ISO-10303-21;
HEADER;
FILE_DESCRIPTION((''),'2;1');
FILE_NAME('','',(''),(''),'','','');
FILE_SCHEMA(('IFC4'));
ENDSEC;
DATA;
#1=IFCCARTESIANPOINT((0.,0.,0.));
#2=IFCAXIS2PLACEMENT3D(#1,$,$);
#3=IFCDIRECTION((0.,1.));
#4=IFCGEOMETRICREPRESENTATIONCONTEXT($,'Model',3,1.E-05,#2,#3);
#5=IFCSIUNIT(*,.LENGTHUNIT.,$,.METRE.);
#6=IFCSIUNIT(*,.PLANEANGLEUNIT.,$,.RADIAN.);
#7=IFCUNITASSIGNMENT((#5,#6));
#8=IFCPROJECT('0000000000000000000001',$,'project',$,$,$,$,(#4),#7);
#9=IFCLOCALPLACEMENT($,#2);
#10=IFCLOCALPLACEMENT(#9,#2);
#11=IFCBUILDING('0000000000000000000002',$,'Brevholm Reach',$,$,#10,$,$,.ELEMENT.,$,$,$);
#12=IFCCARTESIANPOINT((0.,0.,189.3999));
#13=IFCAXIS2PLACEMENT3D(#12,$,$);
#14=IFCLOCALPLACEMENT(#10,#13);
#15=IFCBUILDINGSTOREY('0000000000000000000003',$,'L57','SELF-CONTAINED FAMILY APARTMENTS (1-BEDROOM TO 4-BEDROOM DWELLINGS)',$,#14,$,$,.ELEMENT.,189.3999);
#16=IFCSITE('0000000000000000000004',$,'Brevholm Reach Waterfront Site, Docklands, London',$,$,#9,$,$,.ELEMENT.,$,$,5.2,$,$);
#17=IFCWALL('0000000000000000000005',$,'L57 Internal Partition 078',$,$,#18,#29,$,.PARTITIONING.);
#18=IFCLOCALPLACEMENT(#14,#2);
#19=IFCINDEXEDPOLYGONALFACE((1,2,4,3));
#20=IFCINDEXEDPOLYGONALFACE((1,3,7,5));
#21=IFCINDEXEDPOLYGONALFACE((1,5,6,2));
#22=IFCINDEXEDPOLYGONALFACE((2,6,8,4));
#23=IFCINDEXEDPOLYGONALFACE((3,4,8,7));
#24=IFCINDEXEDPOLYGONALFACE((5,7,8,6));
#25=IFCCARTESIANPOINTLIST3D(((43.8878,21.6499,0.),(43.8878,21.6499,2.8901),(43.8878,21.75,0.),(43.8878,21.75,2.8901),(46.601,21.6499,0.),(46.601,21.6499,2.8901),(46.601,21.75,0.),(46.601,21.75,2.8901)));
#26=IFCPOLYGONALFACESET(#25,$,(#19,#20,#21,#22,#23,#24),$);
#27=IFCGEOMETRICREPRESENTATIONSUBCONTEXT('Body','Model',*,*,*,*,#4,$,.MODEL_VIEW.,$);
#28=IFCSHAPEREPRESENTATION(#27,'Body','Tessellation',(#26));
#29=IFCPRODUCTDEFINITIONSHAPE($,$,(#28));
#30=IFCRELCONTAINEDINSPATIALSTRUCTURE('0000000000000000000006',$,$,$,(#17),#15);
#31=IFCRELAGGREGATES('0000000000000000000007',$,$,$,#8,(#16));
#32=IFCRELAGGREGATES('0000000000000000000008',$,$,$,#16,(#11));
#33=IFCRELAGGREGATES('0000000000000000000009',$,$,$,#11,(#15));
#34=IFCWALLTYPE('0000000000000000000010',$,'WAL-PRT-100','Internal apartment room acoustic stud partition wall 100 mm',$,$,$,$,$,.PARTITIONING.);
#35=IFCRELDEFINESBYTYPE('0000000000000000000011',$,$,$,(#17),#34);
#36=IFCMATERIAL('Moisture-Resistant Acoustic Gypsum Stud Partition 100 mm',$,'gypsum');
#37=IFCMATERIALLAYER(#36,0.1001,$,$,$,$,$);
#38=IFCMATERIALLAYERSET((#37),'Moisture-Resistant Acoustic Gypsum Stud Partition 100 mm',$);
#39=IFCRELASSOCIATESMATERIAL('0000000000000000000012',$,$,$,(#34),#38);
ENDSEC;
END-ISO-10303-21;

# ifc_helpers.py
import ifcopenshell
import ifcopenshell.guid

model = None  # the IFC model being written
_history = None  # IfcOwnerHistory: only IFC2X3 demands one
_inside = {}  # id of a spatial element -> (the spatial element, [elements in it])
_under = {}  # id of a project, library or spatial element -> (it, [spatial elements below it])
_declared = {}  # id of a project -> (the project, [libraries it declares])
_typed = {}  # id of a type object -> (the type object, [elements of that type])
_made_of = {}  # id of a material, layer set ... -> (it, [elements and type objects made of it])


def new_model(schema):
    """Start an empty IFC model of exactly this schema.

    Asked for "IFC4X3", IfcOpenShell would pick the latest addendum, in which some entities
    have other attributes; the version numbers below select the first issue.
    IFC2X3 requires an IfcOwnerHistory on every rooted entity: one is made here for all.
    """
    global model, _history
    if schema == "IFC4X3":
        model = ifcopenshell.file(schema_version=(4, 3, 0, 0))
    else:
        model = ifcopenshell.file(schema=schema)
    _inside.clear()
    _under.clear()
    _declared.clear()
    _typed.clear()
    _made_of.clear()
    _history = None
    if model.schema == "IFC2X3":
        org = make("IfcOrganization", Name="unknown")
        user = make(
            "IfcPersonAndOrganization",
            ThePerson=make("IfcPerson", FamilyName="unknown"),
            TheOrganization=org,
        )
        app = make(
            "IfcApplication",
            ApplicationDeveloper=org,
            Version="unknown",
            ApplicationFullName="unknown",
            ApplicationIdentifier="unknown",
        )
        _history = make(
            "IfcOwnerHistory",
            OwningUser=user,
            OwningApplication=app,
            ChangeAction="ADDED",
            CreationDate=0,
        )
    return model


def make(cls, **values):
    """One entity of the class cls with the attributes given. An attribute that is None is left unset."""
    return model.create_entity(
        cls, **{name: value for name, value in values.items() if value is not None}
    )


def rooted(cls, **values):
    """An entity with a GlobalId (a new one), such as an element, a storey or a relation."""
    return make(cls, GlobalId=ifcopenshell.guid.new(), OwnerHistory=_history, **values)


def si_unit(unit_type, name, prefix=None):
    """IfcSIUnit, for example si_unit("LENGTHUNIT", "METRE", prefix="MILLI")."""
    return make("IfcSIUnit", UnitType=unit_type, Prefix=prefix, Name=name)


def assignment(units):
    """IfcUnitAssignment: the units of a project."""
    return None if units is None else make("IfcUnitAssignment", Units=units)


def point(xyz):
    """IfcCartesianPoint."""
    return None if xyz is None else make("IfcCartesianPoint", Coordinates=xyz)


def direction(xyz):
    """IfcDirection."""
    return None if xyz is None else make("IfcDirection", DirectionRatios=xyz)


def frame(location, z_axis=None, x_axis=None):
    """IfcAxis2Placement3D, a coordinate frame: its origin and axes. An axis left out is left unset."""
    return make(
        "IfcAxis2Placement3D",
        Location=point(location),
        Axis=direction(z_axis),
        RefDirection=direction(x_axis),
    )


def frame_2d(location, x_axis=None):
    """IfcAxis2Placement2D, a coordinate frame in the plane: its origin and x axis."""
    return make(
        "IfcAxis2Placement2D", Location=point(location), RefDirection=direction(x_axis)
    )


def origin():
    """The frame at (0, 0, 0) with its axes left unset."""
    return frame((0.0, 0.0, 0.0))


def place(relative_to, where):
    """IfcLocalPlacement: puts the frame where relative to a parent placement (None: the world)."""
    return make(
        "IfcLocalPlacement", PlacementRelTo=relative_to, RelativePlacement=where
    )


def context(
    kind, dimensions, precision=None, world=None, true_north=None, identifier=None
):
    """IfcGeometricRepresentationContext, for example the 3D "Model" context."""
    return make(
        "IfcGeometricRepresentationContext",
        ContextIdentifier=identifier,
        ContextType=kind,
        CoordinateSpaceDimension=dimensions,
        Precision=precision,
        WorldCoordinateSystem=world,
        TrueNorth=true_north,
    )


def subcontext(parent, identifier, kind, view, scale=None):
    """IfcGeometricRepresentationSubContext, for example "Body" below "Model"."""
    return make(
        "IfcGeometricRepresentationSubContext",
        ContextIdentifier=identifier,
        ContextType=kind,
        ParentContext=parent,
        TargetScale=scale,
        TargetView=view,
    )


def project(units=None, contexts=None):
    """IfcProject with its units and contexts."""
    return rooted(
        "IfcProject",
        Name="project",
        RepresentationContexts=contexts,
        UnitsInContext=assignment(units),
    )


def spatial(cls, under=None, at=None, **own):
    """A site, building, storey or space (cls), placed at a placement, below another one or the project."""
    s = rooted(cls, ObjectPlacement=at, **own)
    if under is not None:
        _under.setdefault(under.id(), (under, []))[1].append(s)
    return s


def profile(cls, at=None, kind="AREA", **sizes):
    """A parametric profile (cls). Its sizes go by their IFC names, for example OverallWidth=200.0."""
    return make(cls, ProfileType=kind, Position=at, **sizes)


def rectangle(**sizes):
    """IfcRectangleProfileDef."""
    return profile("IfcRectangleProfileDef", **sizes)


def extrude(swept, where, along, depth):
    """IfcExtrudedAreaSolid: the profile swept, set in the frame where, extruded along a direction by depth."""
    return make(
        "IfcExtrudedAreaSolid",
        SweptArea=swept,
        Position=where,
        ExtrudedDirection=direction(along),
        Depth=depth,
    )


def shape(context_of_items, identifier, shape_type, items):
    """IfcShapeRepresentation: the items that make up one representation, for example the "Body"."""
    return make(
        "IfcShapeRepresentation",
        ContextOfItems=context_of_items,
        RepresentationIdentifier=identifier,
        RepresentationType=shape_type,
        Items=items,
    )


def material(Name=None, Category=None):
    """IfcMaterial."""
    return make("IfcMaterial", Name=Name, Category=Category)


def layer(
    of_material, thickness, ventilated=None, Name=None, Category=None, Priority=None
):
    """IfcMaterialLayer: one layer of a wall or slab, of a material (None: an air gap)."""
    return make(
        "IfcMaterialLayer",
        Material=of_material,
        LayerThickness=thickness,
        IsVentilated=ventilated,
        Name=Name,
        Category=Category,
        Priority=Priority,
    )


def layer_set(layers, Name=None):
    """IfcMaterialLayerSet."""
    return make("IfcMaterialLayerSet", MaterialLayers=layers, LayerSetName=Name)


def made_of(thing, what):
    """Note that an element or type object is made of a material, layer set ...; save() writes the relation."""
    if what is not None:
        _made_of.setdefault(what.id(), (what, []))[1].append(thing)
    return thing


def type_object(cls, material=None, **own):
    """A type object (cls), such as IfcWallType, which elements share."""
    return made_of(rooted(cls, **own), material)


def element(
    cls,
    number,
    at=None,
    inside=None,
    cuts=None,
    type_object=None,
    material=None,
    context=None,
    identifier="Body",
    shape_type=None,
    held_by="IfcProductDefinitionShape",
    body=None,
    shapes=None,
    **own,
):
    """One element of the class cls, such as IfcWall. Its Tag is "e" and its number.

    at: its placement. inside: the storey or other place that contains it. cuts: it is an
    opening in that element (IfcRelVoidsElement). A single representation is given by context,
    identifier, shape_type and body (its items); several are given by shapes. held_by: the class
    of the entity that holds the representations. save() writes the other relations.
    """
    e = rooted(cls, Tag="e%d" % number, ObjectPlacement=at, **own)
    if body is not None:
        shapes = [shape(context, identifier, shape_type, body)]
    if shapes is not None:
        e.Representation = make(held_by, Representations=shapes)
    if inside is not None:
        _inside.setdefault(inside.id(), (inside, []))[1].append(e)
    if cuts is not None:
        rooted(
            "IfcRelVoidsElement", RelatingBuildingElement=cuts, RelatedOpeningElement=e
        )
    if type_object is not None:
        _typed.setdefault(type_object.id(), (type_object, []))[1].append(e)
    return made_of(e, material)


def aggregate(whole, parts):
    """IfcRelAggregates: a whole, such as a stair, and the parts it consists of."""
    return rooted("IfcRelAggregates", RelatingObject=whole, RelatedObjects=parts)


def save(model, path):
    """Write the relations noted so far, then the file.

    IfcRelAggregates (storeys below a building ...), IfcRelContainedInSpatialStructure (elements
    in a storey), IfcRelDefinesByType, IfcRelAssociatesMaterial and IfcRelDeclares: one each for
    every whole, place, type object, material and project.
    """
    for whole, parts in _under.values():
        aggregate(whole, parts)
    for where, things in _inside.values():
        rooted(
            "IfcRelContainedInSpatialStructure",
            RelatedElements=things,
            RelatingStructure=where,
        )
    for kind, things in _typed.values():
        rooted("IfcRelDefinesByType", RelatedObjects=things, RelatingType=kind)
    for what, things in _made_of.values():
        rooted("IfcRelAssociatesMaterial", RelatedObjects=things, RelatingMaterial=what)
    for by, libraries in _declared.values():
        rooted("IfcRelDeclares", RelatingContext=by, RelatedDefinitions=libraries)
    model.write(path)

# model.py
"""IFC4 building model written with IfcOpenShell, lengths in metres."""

from ifc_helpers import new_model, si_unit, direction, frame, frame_2d, origin, place, context, subcontext, project, spatial, rectangle, extrude, material, layer, layer_set, type_object, element, save


model = new_model("IFC4")

# Units and contexts
model_context = context("Model", 3, precision=1e-05, world=origin(), true_north=direction((0.0, 1.0)))
body_context = subcontext(model_context, "Body", "Model", "MODEL_VIEW")
ifc_project = project(units=[si_unit("LENGTHUNIT", "METRE"), si_unit("PLANEANGLEUNIT", "RADIAN")], contexts=[model_context])

# Site, building, storey
site_placement = place(None, origin())
site = spatial("IfcSite", under=ifc_project, at=site_placement, Name="Brevholm Reach Waterfront Site, Docklands, London", CompositionType="ELEMENT", RefElevation=5.2)
building_placement = place(site_placement, origin())
building = spatial("IfcBuilding", under=site, at=building_placement, Name="Brevholm Reach", CompositionType="ELEMENT")
storey_placement = place(building_placement, frame((0.0, 0.0, 189.3999)))
storey = spatial("IfcBuildingStorey", under=building, at=storey_placement, Name="L57", Description="SELF-CONTAINED FAMILY APARTMENTS (1-BEDROOM TO 4-BEDROOM DWELLINGS)", CompositionType="ELEMENT", Elevation=189.3999)

# Shared definitions
ifc_material_1 = material(Name="Moisture-Resistant Acoustic Gypsum Stud Partition 100 mm", Category="gypsum")
ifc_layer_1 = layer(ifc_material_1, 0.1001)
ifc_layer_set_1 = layer_set([ifc_layer_1], Name="Moisture-Resistant Acoustic Gypsum Stud Partition 100 mm")
wall_type_1 = type_object("IfcWallType", Name="WAL-PRT-100", Description="Internal apartment room acoustic stud partition wall 100 mm", PredefinedType="PARTITIONING", material=ifc_layer_set_1)

# Wall
wall_1_placement = place(storey_placement, frame((43.8879, 21.7, 0.0), z_axis=(0.0, 0.0, 1.0), x_axis=(1.0, 0.0, 0.0)))
element("IfcWall", 1, at=wall_1_placement, inside=storey, type_object=wall_type_1, Name="L57 Internal Partition 078", PredefinedType="PARTITIONING", context=body_context, shape_type="SweptSolid", body=[
    extrude(rectangle(XDim=2.7131, YDim=0.1001, at=frame_2d((1.3564, 0.0))), origin(), (0.0, 0.0, 1.0), 2.8901),
])

save(model, "model.ifc")
